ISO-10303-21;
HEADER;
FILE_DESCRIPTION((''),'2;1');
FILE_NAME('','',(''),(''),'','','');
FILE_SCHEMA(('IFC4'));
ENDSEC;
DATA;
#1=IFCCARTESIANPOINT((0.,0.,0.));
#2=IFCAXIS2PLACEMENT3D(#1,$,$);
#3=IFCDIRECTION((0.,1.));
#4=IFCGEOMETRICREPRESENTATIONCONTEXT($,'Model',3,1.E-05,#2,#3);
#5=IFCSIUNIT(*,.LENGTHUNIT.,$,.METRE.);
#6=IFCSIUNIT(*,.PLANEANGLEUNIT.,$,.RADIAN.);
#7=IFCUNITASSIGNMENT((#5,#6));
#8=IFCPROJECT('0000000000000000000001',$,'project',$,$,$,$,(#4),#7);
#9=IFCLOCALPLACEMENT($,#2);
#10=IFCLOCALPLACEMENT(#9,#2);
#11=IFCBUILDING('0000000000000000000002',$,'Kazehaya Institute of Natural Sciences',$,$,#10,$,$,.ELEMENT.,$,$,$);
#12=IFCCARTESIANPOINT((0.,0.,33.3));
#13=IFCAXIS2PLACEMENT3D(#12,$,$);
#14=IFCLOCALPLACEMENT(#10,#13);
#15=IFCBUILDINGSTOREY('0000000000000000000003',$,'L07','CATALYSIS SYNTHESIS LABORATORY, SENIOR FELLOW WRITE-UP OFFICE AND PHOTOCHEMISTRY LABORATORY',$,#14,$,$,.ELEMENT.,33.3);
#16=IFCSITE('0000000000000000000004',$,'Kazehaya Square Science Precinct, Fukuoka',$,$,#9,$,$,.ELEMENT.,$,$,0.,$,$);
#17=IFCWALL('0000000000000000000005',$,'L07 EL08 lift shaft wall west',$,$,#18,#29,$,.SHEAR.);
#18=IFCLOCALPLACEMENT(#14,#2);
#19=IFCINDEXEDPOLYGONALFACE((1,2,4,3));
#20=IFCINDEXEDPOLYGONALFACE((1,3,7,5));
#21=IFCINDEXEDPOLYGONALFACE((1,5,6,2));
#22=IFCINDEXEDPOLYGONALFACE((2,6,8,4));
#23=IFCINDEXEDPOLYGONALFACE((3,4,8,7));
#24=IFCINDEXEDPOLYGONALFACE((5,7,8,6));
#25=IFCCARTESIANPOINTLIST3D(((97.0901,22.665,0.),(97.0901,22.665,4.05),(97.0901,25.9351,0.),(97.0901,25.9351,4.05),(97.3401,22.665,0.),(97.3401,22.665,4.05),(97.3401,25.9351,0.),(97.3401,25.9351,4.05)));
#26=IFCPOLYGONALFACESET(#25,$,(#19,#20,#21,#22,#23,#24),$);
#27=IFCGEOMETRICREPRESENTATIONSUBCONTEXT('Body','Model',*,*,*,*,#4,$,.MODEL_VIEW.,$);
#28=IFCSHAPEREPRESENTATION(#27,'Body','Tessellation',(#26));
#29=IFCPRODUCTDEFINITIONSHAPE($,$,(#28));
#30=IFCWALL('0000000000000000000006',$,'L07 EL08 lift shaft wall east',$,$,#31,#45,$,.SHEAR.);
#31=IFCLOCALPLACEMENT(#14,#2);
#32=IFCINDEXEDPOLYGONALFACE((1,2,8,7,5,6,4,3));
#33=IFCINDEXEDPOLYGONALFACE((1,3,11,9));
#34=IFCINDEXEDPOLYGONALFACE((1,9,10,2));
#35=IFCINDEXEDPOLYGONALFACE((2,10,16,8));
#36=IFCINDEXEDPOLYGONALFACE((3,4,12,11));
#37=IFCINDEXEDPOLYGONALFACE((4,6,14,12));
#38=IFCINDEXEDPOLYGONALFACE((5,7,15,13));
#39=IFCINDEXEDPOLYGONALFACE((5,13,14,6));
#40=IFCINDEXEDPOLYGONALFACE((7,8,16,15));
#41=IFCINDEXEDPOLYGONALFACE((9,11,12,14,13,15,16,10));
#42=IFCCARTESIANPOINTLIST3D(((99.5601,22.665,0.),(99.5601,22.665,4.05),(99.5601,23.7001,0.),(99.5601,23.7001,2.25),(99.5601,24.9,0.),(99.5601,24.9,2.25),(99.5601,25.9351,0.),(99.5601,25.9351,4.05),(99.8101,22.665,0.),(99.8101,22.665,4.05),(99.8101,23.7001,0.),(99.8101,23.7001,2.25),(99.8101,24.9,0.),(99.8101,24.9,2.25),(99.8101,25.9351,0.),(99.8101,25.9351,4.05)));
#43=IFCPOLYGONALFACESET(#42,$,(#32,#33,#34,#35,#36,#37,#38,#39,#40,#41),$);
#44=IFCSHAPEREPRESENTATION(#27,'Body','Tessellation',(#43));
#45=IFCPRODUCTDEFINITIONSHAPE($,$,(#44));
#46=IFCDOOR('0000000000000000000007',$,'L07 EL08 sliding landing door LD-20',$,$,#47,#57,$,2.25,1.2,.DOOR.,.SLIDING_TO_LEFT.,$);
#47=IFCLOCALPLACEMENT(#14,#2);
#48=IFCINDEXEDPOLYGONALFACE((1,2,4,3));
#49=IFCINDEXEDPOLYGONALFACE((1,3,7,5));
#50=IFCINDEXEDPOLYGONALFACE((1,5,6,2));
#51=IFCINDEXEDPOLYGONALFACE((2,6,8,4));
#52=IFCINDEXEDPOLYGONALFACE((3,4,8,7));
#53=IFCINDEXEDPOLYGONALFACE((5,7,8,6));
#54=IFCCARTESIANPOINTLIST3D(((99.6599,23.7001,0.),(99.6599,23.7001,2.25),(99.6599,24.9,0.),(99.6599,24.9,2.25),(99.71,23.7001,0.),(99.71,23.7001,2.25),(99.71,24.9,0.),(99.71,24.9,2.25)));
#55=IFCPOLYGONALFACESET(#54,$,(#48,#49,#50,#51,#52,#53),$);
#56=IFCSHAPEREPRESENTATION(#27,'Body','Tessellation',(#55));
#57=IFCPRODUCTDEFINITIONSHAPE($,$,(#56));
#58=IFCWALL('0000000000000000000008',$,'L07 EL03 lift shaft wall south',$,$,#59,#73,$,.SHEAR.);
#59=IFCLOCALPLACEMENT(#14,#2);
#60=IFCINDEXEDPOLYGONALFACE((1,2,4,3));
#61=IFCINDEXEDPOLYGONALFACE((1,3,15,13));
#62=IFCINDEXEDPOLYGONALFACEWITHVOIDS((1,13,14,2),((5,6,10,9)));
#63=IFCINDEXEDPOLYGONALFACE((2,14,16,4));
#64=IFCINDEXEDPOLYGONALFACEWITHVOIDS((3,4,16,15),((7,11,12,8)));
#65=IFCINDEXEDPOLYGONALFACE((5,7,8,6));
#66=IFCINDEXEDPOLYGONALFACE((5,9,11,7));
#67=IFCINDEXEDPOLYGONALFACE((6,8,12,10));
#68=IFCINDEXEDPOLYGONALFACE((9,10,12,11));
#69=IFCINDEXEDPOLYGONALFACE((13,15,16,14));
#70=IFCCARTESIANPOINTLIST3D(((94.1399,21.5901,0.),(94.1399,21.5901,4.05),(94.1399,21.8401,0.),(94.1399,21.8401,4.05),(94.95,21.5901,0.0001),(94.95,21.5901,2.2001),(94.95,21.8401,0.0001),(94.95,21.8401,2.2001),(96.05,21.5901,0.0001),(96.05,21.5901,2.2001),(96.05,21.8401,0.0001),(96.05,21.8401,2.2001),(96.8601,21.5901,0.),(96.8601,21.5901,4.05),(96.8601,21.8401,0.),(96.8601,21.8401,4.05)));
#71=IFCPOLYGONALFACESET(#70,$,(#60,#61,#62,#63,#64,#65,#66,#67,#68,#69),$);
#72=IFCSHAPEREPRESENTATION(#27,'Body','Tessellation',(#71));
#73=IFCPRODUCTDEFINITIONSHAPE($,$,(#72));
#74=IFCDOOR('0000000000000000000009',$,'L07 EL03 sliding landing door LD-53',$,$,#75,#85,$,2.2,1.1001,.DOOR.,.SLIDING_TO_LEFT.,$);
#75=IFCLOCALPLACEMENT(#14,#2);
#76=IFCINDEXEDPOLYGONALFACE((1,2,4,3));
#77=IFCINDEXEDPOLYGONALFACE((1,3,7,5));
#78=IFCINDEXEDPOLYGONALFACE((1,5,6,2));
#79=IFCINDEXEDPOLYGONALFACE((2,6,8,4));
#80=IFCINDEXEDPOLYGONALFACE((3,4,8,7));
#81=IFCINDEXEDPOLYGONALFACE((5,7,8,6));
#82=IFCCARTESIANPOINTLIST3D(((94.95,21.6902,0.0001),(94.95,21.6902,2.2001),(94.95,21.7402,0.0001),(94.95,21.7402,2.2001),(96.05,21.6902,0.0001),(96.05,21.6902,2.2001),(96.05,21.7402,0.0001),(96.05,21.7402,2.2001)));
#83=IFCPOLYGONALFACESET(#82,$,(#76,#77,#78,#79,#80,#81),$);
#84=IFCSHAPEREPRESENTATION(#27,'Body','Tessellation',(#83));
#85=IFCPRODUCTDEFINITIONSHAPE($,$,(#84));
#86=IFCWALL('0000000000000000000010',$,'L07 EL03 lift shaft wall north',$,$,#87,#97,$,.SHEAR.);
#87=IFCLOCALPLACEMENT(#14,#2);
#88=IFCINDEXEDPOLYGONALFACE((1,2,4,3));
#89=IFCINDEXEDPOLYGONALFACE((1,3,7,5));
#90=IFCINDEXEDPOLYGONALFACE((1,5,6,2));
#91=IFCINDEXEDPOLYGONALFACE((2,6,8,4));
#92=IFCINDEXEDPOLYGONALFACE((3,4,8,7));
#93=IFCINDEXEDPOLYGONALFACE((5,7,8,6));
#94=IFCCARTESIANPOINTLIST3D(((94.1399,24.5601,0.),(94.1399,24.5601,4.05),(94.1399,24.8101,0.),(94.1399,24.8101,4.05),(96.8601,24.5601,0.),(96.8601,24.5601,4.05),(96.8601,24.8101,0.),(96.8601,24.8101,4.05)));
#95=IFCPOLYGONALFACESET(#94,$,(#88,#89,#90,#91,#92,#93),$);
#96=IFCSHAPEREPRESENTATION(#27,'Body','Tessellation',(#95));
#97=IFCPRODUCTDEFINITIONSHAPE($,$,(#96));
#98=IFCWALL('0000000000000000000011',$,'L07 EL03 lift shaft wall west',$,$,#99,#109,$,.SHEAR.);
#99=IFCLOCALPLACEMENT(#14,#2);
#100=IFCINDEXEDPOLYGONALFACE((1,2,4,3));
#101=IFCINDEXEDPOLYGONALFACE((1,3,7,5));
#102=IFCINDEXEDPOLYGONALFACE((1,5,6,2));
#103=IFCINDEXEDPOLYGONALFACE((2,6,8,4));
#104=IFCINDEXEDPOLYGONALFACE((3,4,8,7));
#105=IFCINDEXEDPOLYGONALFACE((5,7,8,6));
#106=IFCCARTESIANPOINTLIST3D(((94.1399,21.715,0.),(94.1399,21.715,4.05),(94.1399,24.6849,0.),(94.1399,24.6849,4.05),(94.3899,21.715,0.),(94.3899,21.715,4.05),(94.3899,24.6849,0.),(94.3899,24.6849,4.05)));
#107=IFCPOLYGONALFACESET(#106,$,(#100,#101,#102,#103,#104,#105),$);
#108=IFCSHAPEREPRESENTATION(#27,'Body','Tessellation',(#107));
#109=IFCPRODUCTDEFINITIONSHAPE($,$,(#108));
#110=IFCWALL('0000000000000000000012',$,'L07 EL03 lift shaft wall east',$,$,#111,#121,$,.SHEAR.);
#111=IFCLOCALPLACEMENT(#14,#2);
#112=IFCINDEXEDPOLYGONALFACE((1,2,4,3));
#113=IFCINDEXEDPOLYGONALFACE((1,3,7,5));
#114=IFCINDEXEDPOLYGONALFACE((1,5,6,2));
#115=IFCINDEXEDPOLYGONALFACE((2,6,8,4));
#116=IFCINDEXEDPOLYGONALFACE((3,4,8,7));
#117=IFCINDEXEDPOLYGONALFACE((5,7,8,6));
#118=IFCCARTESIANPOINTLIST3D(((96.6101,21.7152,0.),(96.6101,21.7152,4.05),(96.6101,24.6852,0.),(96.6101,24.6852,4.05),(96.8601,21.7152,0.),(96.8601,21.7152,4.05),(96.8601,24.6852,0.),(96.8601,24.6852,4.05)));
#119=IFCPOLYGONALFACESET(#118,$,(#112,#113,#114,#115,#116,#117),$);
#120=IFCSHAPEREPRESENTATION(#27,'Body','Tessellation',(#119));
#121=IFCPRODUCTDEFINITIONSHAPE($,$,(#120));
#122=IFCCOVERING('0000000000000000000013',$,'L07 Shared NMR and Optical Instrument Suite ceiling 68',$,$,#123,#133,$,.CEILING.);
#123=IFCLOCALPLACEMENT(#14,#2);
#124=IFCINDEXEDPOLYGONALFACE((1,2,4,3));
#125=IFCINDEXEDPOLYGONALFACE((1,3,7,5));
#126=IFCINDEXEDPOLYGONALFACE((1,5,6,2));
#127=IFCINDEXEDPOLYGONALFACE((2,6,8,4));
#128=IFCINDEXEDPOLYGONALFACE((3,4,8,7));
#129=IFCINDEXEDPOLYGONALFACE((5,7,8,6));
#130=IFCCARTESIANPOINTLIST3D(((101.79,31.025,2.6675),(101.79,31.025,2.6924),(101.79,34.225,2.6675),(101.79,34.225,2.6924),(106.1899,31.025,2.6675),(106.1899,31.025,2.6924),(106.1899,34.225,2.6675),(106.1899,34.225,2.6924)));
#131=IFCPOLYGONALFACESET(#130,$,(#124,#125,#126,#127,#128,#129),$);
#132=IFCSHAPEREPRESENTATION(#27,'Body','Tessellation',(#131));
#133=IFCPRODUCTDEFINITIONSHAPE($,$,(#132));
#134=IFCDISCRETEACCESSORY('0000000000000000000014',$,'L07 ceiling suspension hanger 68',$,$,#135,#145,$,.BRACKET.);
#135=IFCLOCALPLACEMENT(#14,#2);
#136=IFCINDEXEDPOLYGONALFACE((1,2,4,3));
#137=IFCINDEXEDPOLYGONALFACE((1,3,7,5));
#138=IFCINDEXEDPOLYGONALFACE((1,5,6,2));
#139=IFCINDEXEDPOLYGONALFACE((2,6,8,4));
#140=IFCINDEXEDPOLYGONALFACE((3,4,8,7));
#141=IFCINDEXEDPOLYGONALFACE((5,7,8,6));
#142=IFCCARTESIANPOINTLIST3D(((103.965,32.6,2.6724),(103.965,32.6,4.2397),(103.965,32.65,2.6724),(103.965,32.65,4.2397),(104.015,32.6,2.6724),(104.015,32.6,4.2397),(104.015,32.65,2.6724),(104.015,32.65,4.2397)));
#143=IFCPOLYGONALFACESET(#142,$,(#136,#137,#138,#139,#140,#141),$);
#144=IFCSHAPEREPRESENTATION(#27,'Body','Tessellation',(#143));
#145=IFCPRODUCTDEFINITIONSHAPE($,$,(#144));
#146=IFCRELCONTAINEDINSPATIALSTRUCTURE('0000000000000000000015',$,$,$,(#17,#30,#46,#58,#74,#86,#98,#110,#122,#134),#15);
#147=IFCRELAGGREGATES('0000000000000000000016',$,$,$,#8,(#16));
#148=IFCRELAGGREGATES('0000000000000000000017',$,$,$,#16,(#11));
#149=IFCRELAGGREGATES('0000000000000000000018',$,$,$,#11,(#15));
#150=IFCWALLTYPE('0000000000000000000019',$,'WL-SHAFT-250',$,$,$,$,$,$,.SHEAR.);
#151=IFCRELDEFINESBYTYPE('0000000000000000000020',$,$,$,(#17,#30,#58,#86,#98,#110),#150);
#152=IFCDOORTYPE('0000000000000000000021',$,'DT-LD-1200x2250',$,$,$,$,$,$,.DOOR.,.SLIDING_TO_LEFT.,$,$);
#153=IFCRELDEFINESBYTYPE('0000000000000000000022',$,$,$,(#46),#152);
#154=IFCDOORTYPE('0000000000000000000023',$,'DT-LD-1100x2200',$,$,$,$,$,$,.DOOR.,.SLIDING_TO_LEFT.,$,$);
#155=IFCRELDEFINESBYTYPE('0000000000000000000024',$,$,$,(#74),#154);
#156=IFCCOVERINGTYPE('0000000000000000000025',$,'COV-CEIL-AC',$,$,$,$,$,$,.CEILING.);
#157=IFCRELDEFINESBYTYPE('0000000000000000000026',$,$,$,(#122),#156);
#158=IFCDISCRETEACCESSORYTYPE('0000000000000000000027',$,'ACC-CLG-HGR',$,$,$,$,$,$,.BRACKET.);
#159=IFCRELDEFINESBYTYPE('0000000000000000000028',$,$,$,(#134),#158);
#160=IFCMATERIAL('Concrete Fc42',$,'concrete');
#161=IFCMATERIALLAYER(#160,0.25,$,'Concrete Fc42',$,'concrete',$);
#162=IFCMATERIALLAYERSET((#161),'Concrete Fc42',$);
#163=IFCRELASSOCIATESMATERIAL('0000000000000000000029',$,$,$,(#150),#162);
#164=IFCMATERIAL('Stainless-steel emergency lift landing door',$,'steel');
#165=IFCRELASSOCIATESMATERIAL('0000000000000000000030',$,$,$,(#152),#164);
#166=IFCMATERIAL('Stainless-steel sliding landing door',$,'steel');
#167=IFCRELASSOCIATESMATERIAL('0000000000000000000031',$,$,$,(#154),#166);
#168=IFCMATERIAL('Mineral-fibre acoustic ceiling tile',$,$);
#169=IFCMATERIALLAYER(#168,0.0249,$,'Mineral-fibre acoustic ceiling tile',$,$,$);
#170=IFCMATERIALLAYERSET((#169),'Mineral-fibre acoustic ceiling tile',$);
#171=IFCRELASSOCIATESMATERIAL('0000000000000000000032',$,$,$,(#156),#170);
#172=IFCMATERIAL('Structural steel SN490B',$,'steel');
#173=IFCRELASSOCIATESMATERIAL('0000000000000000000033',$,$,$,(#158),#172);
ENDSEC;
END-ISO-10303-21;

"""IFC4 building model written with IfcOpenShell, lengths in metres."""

from ifc_helpers import new_model, si_unit, direction, frame, frame_2d, origin, origin_2d, place, context, subcontext, project, spatial, rectangle, extrude, material, layer, layer_set, type_object, element, fill, save


model = new_model("IFC4")

# Units and contexts
model_context = context("Model", 3, precision=1e-05, world=origin(), true_north=direction((0.0, 1.0)))
body_context = subcontext(model_context, "Body", "Model", "MODEL_VIEW")
ifc_project = project(units=[si_unit("LENGTHUNIT", "METRE"), si_unit("PLANEANGLEUNIT", "RADIAN")], contexts=[model_context])

# Site, building, storey
site_placement = place(None, origin())
site = spatial("IfcSite", under=ifc_project, at=site_placement, Name="Kazehaya Square Science Precinct, Fukuoka", CompositionType="ELEMENT", RefElevation=0.0)
building_placement = place(site_placement, origin())
building = spatial("IfcBuilding", under=site, at=building_placement, Name="Kazehaya Institute of Natural Sciences", CompositionType="ELEMENT")
storey_placement = place(building_placement, frame((0.0, 0.0, 33.3)))
storey = spatial("IfcBuildingStorey", under=building, at=storey_placement, Name="L07", Description="CATALYSIS SYNTHESIS LABORATORY, SENIOR FELLOW WRITE-UP OFFICE AND PHOTOCHEMISTRY LABORATORY", CompositionType="ELEMENT", Elevation=33.3)

# Shared definitions
ifc_material_1 = material(Name="Concrete Fc42", Category="concrete")

# Wall
ifc_layer_1 = layer(ifc_material_1, 0.25, Name="Concrete Fc42", Category="concrete")
ifc_layer_set_1 = layer_set([ifc_layer_1], Name="Concrete Fc42")
wall_type_1 = type_object("IfcWallType", Name="WL-SHAFT-250", PredefinedType="SHEAR", material=ifc_layer_set_1)
wall_1_placement = place(storey_placement, frame((97.2151, 22.665, 0.0), z_axis=(0.0, 0.0, 1.0), x_axis=(0.0, 1.0, 0.0)))
element("IfcWall", 1, at=wall_1_placement, inside=storey, type_object=wall_type_1, Name="L07 EL08 lift shaft wall west", PredefinedType="SHEAR", context=body_context, shape_type="SweptSolid", body=[
    extrude(rectangle(XDim=3.27, YDim=0.25, at=frame_2d((1.635, 0.0))), origin(), (0.0, 0.0, 1.0), 4.05),
])

# Walls, openings, doors
wall_2_placement = place(storey_placement, frame((99.6851, 25.9351, 0.0), z_axis=(0.0, 0.0, 1.0), x_axis=(0.0, -1.0, 0.0)))
wall_2 = element("IfcWall", 2, at=wall_2_placement, inside=storey, type_object=wall_type_1, Name="L07 EL08 lift shaft wall east", PredefinedType="SHEAR", context=body_context, shape_type="SweptSolid", body=[
    extrude(rectangle(XDim=3.27, YDim=0.25, at=frame_2d((1.635, 0.0))), origin(), (0.0, 0.0, 1.0), 4.05),
])
opening_1_placement = place(wall_2_placement, frame((1.0349, 0.0, 0.0)))
opening_1 = element("IfcOpeningElement", 3, at=opening_1_placement, cuts=wall_2, PredefinedType="OPENING", context=body_context, shape_type="SweptSolid", body=[
    extrude(rectangle(XDim=1.2, YDim=2.25, at=frame_2d((0.6001, 1.125))), frame((0.0, 0.135, 0.0), z_axis=(0.0, -1.0, 0.0), x_axis=(1.0, 0.0, 0.0)), (0.0, 0.0, 1.0), 0.27),
])
ifc_material_2 = material(Name="Stainless-steel emergency lift landing door", Category="steel")
door_type_1 = type_object("IfcDoorType", Name="DT-LD-1200x2250", OperationType="SLIDING_TO_LEFT", PredefinedType="DOOR", material=ifc_material_2)
door_1_placement = place(opening_1_placement, origin())
door_1 = element("IfcDoor", 4, at=door_1_placement, inside=storey, type_object=door_type_1, Name="L07 EL08 sliding landing door LD-20", OperationType="SLIDING_TO_LEFT", OverallHeight=2.25, OverallWidth=1.2, PredefinedType="DOOR", context=body_context, shape_type="SweptSolid", body=[
    extrude(rectangle(XDim=1.2, YDim=2.25, at=frame_2d((0.6001, 1.125))), frame((0.0, 0.0249, 0.0), z_axis=(0.0, -1.0, 0.0), x_axis=(1.0, 0.0, 0.0)), (0.0, 0.0, 1.0), 0.05),
])
fill(opening_1, door_1)
wall_3_placement = place(storey_placement, frame((96.8601, 21.7151, 0.0), z_axis=(0.0, 0.0, 1.0), x_axis=(-1.0, 0.0, 0.0)))
wall_3 = element("IfcWall", 5, at=wall_3_placement, inside=storey, type_object=wall_type_1, Name="L07 EL03 lift shaft wall south", PredefinedType="SHEAR", context=body_context, shape_type="SweptSolid", body=[
    extrude(rectangle(XDim=2.7202, YDim=0.25, at=frame_2d((1.3601, 0.0))), origin(), (0.0, 0.0, 1.0), 4.05),
])
opening_2_placement = place(wall_3_placement, frame((0.8101, 0.0, 0.0)))
opening_2 = element("IfcOpeningElement", 6, at=opening_2_placement, cuts=wall_3, PredefinedType="OPENING", context=body_context, shape_type="SweptSolid", body=[
    extrude(rectangle(XDim=1.1001, YDim=2.2, at=frame_2d((0.55, 1.1001))), frame((0.0, 0.135, 0.0), z_axis=(0.0, -1.0, 0.0), x_axis=(1.0, 0.0, 0.0)), (0.0, 0.0, 1.0), 0.27),
])
ifc_material_3 = material(Name="Stainless-steel sliding landing door", Category="steel")
door_type_2 = type_object("IfcDoorType", Name="DT-LD-1100x2200", OperationType="SLIDING_TO_LEFT", PredefinedType="DOOR", material=ifc_material_3)
door_2_placement = place(opening_2_placement, origin())
door_2 = element("IfcDoor", 7, at=door_2_placement, inside=storey, type_object=door_type_2, Name="L07 EL03 sliding landing door LD-53", OperationType="SLIDING_TO_LEFT", OverallHeight=2.2, OverallWidth=1.1001, PredefinedType="DOOR", context=body_context, shape_type="SweptSolid", body=[
    extrude(rectangle(XDim=1.1001, YDim=2.2, at=frame_2d((0.55, 1.1001))), frame((0.0, 0.0249, 0.0), z_axis=(0.0, -1.0, 0.0), x_axis=(1.0, 0.0, 0.0)), (0.0, 0.0, 1.0), 0.05),
])
fill(opening_2, door_2)

# Walls
wall_4_placement = place(storey_placement, frame((94.1399, 24.6851, 0.0), z_axis=(0.0, 0.0, 1.0), x_axis=(1.0, 0.0, 0.0)))
element("IfcWall", 8, at=wall_4_placement, inside=storey, type_object=wall_type_1, Name="L07 EL03 lift shaft wall north", PredefinedType="SHEAR", context=body_context, shape_type="SweptSolid", body=[
    extrude(rectangle(XDim=2.7202, YDim=0.25, at=frame_2d((1.3601, 0.0))), origin(), (0.0, 0.0, 1.0), 4.05),
])
for number, where, z_axis, x_axis, name in (
    (9, (94.2649, 21.7151, 0.0), (0.0, 0.0, 1.0), (0.0, 1.0, 0.0), "L07 EL03 lift shaft wall west"),
    (10, (96.7351, 24.6851, 0.0), (0.0, 0.0, 1.0), (0.0, -1.0, 0.0), "L07 EL03 lift shaft wall east"),
):
    element("IfcWall", number, at=place(storey_placement, frame(where, z_axis=z_axis, x_axis=x_axis)), inside=storey, type_object=wall_type_1, Name=name, PredefinedType="SHEAR", context=body_context, shape_type="SweptSolid", body=[
        extrude(rectangle(XDim=2.97, YDim=0.25, at=frame_2d((1.4849, 0.0))), origin(), (0.0, 0.0, 1.0), 4.05),
    ])

# Covering
ifc_material_4 = material(Name="Mineral-fibre acoustic ceiling tile")
ifc_layer_2 = layer(ifc_material_4, 0.0249, Name="Mineral-fibre acoustic ceiling tile")
ifc_layer_set_2 = layer_set([ifc_layer_2], Name="Mineral-fibre acoustic ceiling tile")
covering_type = type_object("IfcCoveringType", Name="COV-CEIL-AC", PredefinedType="CEILING", material=ifc_layer_set_2)
covering_placement = place(storey_placement, frame((103.99, 32.625, 2.6675), z_axis=(0.0, 0.0, 1.0), x_axis=(1.0, 0.0, 0.0)))
element("IfcCovering", 11, at=covering_placement, inside=storey, type_object=covering_type, Name="L07 Shared NMR and Optical Instrument Suite ceiling 68", PredefinedType="CEILING", context=body_context, shape_type="SweptSolid", body=[
    extrude(rectangle(XDim=4.3999, YDim=3.2, at=origin_2d()), origin(), (0.0, 0.0, 1.0), 0.0249),
])

# Discrete accessory
ifc_material_5 = material(Name="Structural steel SN490B", Category="steel")
discrete_accessory_type = type_object("IfcDiscreteAccessoryType", Name="ACC-CLG-HGR", PredefinedType="BRACKET", material=ifc_material_5)
discrete_accessory_placement = place(storey_placement, frame((103.99, 32.625, 2.6724), z_axis=(0.0, 0.0, 1.0), x_axis=(1.0, 0.0, 0.0)))
element("IfcDiscreteAccessory", 12, at=discrete_accessory_placement, inside=storey, type_object=discrete_accessory_type, Name="L07 ceiling suspension hanger 68", PredefinedType="BRACKET", context=body_context, shape_type="SweptSolid", body=[
    extrude(rectangle(XDim=0.05, YDim=0.05, at=origin_2d()), origin(), (0.0, 0.0, 1.0), 1.5674),
])

save(model, "model.ifc")
